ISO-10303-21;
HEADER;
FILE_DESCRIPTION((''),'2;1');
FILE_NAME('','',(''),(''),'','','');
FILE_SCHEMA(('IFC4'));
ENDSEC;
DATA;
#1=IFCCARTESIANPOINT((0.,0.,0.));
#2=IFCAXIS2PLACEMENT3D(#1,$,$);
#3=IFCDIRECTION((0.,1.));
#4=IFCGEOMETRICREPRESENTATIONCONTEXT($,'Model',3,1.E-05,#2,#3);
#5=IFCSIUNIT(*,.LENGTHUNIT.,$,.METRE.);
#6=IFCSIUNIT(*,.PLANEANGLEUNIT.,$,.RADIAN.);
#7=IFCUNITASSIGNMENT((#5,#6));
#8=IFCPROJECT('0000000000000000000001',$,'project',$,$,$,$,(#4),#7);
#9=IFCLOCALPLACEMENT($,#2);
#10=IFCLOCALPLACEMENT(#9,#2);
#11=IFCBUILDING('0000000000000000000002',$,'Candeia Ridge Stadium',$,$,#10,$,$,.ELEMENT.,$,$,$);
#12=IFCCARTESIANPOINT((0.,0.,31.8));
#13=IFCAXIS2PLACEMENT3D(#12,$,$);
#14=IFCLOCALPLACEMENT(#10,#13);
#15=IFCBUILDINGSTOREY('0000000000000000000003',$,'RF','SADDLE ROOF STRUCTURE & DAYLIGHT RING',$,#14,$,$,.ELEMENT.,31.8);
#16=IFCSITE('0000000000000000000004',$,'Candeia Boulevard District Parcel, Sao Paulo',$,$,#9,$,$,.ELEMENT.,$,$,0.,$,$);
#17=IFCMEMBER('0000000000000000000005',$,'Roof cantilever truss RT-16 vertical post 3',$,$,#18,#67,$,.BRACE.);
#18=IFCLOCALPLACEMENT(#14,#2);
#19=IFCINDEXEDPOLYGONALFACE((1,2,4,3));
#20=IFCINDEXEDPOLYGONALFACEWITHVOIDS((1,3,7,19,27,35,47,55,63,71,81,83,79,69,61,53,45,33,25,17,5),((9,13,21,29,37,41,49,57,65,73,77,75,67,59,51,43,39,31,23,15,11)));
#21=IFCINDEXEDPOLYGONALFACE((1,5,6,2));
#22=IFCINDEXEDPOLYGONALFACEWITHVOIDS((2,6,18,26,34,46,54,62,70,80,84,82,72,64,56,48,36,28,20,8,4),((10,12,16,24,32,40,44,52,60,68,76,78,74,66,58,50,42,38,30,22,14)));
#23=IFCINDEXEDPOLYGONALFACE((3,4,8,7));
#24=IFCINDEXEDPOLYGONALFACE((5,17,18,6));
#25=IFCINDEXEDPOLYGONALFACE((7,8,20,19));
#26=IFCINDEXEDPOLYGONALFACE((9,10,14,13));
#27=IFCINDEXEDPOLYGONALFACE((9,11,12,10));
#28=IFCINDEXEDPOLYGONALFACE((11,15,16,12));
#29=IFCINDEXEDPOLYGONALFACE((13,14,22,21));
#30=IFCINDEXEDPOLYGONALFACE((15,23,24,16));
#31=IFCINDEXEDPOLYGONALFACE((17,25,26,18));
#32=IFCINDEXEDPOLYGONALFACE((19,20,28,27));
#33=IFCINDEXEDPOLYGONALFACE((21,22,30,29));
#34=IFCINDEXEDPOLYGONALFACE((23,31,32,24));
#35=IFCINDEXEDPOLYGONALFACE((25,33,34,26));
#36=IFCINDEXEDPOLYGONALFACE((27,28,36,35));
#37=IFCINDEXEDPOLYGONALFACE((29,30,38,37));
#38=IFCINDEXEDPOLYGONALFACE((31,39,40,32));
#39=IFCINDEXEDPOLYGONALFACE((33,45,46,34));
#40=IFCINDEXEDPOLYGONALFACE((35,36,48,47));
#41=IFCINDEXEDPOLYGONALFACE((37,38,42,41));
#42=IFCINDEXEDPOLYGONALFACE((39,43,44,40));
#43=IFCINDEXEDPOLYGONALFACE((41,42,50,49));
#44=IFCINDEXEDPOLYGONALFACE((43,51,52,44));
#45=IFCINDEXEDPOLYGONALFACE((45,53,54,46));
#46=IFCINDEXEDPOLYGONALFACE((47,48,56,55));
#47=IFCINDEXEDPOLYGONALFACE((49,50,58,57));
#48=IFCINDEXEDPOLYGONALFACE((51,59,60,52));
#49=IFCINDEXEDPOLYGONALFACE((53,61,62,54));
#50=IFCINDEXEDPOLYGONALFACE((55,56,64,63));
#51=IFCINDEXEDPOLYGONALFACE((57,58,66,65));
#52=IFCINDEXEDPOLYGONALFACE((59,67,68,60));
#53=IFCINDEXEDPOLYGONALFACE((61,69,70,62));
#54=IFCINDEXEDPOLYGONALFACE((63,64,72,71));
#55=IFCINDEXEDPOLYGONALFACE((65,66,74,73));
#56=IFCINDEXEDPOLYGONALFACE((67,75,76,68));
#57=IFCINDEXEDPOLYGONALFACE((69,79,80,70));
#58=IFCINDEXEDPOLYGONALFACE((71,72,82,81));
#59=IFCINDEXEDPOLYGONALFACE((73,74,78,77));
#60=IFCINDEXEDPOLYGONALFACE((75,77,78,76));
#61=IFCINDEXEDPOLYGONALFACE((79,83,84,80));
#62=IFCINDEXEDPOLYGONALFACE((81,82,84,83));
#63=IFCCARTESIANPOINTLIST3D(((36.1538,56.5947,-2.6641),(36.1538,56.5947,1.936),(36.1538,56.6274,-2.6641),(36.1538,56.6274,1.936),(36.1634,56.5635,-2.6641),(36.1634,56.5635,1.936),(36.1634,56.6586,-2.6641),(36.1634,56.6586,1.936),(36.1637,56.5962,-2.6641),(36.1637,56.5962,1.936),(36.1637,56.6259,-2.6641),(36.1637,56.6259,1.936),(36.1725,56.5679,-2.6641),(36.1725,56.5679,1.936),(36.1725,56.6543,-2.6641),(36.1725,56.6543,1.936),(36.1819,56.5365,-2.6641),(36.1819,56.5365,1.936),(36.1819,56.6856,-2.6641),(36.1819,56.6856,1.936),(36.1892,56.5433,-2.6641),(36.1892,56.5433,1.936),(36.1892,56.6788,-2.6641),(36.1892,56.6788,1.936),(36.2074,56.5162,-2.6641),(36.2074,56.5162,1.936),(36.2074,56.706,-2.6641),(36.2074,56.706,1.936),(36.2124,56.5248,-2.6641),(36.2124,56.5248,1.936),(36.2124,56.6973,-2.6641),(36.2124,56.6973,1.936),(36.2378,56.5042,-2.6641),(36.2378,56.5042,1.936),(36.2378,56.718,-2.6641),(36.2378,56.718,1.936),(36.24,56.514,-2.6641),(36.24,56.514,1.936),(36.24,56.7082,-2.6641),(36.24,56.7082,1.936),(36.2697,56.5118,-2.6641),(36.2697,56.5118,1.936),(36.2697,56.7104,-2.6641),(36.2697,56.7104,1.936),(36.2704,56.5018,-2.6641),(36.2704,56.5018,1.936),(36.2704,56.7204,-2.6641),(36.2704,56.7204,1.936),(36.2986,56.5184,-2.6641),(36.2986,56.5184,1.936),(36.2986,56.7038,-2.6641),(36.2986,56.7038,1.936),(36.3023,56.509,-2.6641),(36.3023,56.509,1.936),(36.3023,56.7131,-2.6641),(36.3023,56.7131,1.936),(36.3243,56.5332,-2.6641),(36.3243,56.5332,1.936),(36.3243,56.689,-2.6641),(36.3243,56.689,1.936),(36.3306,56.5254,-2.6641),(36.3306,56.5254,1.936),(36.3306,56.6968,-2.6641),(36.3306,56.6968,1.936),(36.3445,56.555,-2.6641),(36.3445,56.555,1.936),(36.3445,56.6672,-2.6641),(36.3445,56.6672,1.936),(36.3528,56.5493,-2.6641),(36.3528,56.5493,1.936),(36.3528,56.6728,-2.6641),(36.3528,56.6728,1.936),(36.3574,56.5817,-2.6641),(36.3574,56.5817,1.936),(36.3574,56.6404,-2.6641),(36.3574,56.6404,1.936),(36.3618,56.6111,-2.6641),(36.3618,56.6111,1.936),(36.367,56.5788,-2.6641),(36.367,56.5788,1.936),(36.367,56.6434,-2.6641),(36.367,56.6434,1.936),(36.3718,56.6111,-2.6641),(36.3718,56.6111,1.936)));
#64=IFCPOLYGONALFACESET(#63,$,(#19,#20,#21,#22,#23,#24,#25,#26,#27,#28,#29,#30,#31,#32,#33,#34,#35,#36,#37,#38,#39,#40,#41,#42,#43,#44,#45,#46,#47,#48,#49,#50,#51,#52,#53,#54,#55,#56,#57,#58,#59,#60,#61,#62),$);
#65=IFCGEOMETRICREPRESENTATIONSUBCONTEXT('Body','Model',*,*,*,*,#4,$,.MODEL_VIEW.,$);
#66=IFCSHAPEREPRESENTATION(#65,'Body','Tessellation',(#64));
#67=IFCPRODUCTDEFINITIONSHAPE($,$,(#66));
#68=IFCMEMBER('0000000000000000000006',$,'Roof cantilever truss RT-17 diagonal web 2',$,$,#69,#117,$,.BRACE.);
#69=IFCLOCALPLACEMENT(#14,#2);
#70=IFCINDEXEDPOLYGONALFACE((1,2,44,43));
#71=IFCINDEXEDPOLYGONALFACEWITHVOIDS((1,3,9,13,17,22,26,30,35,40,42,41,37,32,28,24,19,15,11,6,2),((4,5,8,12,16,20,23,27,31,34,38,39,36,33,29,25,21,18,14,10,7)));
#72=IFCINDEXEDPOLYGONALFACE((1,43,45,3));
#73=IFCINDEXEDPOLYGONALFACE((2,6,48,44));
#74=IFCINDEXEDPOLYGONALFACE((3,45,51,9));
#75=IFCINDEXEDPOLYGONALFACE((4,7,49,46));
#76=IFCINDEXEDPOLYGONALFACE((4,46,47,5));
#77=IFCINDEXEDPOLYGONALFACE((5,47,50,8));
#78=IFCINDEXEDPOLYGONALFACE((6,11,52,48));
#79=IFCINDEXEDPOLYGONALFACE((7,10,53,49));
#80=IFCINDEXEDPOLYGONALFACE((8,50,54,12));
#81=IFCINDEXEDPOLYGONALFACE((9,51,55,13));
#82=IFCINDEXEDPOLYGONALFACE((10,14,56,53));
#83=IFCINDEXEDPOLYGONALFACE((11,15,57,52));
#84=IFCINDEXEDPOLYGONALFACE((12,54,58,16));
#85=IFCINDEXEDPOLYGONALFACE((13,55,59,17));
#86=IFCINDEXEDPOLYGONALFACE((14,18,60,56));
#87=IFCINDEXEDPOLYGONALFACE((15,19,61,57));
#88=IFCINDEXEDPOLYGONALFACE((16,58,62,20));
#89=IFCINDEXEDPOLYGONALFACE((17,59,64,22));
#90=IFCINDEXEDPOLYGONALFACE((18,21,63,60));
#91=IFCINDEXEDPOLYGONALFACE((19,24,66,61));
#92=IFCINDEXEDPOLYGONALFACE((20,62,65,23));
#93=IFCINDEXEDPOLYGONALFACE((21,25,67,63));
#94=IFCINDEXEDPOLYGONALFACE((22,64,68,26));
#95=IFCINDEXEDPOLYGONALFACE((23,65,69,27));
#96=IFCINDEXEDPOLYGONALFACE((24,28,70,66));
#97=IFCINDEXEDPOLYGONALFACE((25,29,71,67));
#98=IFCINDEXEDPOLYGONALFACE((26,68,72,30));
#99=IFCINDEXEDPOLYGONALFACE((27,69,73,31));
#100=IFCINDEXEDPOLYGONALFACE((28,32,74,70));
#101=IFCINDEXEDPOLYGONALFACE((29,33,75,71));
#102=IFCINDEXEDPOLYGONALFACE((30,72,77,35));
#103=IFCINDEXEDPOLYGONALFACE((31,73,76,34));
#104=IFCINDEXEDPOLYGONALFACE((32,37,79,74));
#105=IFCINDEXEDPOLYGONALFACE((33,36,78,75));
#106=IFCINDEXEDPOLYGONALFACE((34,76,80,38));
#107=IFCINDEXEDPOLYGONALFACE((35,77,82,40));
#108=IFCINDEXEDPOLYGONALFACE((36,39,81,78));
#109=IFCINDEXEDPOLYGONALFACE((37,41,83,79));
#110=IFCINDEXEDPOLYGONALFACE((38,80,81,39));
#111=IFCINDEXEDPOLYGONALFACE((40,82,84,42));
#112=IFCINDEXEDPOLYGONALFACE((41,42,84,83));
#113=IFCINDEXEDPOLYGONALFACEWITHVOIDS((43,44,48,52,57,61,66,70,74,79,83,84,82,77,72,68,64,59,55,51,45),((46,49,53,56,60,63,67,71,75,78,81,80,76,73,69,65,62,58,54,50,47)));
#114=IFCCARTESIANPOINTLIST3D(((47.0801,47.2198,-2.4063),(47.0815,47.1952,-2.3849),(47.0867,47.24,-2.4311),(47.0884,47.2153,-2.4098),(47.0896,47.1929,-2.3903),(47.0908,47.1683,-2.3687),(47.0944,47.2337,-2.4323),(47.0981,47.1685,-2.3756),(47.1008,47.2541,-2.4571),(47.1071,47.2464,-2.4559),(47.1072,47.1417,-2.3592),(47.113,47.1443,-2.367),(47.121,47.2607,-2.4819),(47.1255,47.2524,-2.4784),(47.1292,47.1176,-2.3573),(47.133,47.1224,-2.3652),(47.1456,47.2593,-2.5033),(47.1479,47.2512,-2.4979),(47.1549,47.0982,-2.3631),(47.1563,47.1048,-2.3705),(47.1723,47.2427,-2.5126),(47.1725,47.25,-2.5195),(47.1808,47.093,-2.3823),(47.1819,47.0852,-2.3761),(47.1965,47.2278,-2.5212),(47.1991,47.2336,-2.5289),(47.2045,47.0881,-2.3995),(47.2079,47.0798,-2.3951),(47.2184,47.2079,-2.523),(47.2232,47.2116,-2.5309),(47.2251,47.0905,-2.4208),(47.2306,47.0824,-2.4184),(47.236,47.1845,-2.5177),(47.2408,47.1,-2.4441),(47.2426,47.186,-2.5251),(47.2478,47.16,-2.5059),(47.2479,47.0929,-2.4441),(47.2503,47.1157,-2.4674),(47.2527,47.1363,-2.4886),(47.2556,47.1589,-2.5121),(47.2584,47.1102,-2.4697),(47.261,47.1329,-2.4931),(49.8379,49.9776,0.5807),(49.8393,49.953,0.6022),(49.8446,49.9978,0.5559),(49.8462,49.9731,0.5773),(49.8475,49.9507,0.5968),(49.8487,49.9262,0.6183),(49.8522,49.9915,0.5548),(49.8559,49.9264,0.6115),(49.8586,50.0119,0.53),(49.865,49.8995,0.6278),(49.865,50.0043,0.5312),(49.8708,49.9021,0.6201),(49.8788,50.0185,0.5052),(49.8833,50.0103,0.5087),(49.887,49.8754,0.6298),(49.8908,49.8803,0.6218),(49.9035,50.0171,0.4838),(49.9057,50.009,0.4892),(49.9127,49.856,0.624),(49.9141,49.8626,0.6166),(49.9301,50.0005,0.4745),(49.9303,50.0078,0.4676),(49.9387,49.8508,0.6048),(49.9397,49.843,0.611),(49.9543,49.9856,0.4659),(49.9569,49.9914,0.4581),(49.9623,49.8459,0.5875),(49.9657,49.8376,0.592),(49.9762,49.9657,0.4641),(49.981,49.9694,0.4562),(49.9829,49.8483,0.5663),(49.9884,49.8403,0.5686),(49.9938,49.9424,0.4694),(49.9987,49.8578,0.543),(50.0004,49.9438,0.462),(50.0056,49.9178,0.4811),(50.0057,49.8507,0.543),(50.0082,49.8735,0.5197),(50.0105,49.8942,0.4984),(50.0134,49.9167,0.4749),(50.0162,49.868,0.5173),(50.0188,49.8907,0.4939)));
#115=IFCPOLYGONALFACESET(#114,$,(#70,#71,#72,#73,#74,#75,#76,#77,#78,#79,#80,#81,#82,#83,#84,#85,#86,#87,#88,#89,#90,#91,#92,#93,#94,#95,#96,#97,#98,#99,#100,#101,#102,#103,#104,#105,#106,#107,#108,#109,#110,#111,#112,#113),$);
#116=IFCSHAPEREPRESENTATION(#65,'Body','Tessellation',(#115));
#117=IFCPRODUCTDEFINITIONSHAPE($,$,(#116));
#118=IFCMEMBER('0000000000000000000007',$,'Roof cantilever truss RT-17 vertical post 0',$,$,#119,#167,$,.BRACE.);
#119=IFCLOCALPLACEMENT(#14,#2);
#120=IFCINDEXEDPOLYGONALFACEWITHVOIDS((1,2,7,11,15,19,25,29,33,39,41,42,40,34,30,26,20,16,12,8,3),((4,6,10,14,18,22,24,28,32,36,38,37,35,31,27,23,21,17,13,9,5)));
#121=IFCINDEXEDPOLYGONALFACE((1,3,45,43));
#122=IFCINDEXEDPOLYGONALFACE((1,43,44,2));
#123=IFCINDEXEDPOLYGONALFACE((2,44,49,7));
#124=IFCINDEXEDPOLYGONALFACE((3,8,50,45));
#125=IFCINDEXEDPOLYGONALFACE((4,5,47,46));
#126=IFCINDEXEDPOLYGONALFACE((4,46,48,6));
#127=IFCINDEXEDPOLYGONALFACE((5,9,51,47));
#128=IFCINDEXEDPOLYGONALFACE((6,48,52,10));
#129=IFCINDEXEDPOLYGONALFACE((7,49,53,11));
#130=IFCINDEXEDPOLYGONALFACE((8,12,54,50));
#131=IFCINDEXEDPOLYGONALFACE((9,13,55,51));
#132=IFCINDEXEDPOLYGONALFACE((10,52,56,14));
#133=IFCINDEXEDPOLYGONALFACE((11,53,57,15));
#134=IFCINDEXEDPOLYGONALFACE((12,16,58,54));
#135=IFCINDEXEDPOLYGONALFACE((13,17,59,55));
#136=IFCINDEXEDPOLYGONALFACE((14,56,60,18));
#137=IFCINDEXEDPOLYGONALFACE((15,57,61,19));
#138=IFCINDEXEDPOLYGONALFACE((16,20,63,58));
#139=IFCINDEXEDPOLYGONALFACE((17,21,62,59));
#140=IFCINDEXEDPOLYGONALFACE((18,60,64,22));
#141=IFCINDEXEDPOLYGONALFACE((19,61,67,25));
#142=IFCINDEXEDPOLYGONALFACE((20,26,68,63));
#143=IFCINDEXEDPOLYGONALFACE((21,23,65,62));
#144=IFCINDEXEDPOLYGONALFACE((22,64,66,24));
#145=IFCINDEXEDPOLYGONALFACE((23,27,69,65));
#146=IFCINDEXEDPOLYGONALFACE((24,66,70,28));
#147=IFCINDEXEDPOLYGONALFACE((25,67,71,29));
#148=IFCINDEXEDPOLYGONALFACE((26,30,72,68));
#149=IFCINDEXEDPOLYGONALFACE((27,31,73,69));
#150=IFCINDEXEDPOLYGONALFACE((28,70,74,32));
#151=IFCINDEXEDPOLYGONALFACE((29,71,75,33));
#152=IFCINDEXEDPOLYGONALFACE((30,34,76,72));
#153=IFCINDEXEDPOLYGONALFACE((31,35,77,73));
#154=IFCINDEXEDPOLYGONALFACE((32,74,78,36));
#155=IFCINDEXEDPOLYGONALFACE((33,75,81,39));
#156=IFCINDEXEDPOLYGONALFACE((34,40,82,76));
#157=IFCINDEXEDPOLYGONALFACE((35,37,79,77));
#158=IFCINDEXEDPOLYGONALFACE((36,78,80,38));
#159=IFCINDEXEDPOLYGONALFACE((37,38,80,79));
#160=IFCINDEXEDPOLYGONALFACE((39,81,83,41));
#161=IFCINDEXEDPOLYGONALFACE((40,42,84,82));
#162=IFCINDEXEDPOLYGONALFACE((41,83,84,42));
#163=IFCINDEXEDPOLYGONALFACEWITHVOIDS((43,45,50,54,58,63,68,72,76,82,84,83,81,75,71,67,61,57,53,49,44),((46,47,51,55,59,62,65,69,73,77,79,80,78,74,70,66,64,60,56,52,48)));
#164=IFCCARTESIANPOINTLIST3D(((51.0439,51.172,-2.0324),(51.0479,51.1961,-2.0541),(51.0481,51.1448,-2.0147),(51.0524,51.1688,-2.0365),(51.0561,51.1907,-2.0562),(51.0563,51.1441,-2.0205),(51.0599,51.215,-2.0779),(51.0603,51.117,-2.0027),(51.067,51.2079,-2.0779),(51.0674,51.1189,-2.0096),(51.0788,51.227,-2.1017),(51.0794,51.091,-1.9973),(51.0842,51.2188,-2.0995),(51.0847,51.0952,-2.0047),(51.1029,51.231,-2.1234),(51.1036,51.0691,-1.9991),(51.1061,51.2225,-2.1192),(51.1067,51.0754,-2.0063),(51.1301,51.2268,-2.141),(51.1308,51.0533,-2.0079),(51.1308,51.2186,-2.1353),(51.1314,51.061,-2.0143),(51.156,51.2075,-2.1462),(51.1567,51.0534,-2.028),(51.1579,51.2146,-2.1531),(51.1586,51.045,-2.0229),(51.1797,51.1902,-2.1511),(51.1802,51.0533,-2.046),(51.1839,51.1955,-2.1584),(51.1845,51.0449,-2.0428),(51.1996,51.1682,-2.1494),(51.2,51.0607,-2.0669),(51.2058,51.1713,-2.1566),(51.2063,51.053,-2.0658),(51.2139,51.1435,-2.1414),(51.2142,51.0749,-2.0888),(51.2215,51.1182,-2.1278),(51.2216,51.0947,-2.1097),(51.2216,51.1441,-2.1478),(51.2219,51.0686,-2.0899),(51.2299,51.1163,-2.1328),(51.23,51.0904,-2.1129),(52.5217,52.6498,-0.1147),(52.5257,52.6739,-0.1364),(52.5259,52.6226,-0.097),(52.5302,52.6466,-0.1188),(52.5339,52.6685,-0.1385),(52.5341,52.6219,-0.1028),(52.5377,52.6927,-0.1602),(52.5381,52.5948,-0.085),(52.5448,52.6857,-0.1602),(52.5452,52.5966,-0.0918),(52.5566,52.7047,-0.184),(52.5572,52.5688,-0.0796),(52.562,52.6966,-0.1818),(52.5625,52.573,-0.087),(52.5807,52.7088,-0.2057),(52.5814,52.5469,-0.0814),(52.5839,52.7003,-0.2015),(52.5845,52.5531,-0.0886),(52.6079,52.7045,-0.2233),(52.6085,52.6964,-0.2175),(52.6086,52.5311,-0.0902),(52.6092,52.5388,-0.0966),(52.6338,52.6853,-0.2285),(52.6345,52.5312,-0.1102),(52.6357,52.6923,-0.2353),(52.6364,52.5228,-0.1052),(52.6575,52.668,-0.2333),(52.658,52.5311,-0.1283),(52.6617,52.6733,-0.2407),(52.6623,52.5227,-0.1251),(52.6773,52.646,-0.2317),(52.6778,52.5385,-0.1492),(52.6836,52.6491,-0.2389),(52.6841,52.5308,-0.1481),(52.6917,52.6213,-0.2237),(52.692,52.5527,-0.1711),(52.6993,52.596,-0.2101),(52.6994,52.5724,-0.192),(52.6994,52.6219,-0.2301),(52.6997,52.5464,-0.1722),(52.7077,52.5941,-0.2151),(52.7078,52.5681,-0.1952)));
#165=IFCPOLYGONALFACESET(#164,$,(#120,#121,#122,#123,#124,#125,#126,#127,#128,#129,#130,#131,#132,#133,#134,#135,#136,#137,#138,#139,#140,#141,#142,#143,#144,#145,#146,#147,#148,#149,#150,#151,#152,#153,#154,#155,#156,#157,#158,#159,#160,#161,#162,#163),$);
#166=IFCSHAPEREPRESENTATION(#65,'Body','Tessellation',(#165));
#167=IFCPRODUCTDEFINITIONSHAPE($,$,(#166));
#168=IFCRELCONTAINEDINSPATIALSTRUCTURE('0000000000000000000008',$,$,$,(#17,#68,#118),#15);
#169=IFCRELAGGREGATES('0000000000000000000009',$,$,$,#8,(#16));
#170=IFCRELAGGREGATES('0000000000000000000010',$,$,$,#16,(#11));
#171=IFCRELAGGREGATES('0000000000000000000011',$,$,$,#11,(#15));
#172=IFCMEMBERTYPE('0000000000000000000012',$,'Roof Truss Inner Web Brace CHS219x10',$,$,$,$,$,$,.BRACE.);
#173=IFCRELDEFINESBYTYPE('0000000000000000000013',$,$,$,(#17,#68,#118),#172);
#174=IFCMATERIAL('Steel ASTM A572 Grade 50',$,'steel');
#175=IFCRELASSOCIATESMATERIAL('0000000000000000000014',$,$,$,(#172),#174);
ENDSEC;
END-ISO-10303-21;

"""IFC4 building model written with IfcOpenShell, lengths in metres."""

from ifc_helpers import new_model, si_unit, direction, frame, origin, origin_2d, place, context, subcontext, project, spatial, hollow_circle, extrude, material, material_profile, profile_set, type_object, element, save


model = new_model("IFC4")

# Units and contexts
model_context = context("Model", 3, precision=1e-05, world=origin(), true_north=direction((0.0, 1.0)))
body_context = subcontext(model_context, "Body", "Model", "MODEL_VIEW")
ifc_project = project(units=[si_unit("LENGTHUNIT", "METRE"), si_unit("PLANEANGLEUNIT", "RADIAN")], contexts=[model_context])

# Site, building, storey
site_placement = place(None, origin())
site = spatial("IfcSite", under=ifc_project, at=site_placement, Name="Candeia Boulevard District Parcel, Sao Paulo", CompositionType="ELEMENT", RefElevation=0.0)
building_placement = place(site_placement, origin())
building = spatial("IfcBuilding", under=site, at=building_placement, Name="Candeia Ridge Stadium", CompositionType="ELEMENT")
storey_placement = place(building_placement, frame((0.0, 0.0, 31.8)))
storey = spatial("IfcBuildingStorey", under=building, at=storey_placement, Name="RF", Description="SADDLE ROOF STRUCTURE & DAYLIGHT RING", CompositionType="ELEMENT", Elevation=31.8)

# Shared definitions
ifc_material_1 = material(Name="Steel ASTM A572 Grade 50", Category="steel")

# Members
ifc_material_profile_1 = material_profile(ifc_material_1, hollow_circle(Radius=0.1096, WallThickness=0.01, at=origin_2d()), Name="CHS219x10", Category="steel")
ifc_profile_set_1 = profile_set([ifc_material_profile_1], Name="Steel ASTM A572 Grade 50")
member_type_1 = type_object("IfcMemberType", Name="Roof Truss Inner Web Brace CHS219x10", PredefinedType="BRACE", material=ifc_profile_set_1)
member_1_placement = place(storey_placement, frame((36.2622, 56.6111, -2.6641), z_axis=(0.0, 0.0, 1.0), x_axis=(1.0, 0.0, 0.0)))
element("IfcMember", 1, at=member_1_placement, inside=storey, type_object=member_type_1, Name="Roof cantilever truss RT-16 vertical post 3", PredefinedType="BRACE", context=body_context, shape_type="SweptSolid", body=[
    extrude(hollow_circle(Radius=0.1096, WallThickness=0.01, at=origin_2d()), origin(), (0.0, 0.0, 1.0), 4.6001),
])
member_2_placement = place(storey_placement, frame((49.9282, 49.9282, 0.543), z_axis=(-0.561376, -0.561376, -0.608041), x_axis=(0.707107, -0.707107, 0.0)))
element("IfcMember", 2, at=member_2_placement, inside=storey, type_object=member_type_1, Name="Roof cantilever truss RT-17 diagonal web 2", PredefinedType="BRACE", context=body_context, shape_type="SweptSolid", body=[
    extrude(hollow_circle(Radius=0.1096, WallThickness=0.01, at=origin_2d()), origin(), (0.0, 0.0, 1.0), 4.9126),
])
member_3_placement = place(storey_placement, frame((51.1375, 51.1375, -2.0779), z_axis=(0.521001, 0.521001, 0.676104), x_axis=(-0.707107, 0.707107, 0.0)))
element("IfcMember", 3, at=member_3_placement, inside=storey, type_object=member_type_1, Name="Roof cantilever truss RT-17 vertical post 0", PredefinedType="BRACE", context=body_context, shape_type="SweptSolid", body=[
    extrude(hollow_circle(Radius=0.1096, WallThickness=0.01, at=origin_2d()), origin(), (0.0, 0.0, 1.0), 2.8364),
])

save(model, "model.ifc")
